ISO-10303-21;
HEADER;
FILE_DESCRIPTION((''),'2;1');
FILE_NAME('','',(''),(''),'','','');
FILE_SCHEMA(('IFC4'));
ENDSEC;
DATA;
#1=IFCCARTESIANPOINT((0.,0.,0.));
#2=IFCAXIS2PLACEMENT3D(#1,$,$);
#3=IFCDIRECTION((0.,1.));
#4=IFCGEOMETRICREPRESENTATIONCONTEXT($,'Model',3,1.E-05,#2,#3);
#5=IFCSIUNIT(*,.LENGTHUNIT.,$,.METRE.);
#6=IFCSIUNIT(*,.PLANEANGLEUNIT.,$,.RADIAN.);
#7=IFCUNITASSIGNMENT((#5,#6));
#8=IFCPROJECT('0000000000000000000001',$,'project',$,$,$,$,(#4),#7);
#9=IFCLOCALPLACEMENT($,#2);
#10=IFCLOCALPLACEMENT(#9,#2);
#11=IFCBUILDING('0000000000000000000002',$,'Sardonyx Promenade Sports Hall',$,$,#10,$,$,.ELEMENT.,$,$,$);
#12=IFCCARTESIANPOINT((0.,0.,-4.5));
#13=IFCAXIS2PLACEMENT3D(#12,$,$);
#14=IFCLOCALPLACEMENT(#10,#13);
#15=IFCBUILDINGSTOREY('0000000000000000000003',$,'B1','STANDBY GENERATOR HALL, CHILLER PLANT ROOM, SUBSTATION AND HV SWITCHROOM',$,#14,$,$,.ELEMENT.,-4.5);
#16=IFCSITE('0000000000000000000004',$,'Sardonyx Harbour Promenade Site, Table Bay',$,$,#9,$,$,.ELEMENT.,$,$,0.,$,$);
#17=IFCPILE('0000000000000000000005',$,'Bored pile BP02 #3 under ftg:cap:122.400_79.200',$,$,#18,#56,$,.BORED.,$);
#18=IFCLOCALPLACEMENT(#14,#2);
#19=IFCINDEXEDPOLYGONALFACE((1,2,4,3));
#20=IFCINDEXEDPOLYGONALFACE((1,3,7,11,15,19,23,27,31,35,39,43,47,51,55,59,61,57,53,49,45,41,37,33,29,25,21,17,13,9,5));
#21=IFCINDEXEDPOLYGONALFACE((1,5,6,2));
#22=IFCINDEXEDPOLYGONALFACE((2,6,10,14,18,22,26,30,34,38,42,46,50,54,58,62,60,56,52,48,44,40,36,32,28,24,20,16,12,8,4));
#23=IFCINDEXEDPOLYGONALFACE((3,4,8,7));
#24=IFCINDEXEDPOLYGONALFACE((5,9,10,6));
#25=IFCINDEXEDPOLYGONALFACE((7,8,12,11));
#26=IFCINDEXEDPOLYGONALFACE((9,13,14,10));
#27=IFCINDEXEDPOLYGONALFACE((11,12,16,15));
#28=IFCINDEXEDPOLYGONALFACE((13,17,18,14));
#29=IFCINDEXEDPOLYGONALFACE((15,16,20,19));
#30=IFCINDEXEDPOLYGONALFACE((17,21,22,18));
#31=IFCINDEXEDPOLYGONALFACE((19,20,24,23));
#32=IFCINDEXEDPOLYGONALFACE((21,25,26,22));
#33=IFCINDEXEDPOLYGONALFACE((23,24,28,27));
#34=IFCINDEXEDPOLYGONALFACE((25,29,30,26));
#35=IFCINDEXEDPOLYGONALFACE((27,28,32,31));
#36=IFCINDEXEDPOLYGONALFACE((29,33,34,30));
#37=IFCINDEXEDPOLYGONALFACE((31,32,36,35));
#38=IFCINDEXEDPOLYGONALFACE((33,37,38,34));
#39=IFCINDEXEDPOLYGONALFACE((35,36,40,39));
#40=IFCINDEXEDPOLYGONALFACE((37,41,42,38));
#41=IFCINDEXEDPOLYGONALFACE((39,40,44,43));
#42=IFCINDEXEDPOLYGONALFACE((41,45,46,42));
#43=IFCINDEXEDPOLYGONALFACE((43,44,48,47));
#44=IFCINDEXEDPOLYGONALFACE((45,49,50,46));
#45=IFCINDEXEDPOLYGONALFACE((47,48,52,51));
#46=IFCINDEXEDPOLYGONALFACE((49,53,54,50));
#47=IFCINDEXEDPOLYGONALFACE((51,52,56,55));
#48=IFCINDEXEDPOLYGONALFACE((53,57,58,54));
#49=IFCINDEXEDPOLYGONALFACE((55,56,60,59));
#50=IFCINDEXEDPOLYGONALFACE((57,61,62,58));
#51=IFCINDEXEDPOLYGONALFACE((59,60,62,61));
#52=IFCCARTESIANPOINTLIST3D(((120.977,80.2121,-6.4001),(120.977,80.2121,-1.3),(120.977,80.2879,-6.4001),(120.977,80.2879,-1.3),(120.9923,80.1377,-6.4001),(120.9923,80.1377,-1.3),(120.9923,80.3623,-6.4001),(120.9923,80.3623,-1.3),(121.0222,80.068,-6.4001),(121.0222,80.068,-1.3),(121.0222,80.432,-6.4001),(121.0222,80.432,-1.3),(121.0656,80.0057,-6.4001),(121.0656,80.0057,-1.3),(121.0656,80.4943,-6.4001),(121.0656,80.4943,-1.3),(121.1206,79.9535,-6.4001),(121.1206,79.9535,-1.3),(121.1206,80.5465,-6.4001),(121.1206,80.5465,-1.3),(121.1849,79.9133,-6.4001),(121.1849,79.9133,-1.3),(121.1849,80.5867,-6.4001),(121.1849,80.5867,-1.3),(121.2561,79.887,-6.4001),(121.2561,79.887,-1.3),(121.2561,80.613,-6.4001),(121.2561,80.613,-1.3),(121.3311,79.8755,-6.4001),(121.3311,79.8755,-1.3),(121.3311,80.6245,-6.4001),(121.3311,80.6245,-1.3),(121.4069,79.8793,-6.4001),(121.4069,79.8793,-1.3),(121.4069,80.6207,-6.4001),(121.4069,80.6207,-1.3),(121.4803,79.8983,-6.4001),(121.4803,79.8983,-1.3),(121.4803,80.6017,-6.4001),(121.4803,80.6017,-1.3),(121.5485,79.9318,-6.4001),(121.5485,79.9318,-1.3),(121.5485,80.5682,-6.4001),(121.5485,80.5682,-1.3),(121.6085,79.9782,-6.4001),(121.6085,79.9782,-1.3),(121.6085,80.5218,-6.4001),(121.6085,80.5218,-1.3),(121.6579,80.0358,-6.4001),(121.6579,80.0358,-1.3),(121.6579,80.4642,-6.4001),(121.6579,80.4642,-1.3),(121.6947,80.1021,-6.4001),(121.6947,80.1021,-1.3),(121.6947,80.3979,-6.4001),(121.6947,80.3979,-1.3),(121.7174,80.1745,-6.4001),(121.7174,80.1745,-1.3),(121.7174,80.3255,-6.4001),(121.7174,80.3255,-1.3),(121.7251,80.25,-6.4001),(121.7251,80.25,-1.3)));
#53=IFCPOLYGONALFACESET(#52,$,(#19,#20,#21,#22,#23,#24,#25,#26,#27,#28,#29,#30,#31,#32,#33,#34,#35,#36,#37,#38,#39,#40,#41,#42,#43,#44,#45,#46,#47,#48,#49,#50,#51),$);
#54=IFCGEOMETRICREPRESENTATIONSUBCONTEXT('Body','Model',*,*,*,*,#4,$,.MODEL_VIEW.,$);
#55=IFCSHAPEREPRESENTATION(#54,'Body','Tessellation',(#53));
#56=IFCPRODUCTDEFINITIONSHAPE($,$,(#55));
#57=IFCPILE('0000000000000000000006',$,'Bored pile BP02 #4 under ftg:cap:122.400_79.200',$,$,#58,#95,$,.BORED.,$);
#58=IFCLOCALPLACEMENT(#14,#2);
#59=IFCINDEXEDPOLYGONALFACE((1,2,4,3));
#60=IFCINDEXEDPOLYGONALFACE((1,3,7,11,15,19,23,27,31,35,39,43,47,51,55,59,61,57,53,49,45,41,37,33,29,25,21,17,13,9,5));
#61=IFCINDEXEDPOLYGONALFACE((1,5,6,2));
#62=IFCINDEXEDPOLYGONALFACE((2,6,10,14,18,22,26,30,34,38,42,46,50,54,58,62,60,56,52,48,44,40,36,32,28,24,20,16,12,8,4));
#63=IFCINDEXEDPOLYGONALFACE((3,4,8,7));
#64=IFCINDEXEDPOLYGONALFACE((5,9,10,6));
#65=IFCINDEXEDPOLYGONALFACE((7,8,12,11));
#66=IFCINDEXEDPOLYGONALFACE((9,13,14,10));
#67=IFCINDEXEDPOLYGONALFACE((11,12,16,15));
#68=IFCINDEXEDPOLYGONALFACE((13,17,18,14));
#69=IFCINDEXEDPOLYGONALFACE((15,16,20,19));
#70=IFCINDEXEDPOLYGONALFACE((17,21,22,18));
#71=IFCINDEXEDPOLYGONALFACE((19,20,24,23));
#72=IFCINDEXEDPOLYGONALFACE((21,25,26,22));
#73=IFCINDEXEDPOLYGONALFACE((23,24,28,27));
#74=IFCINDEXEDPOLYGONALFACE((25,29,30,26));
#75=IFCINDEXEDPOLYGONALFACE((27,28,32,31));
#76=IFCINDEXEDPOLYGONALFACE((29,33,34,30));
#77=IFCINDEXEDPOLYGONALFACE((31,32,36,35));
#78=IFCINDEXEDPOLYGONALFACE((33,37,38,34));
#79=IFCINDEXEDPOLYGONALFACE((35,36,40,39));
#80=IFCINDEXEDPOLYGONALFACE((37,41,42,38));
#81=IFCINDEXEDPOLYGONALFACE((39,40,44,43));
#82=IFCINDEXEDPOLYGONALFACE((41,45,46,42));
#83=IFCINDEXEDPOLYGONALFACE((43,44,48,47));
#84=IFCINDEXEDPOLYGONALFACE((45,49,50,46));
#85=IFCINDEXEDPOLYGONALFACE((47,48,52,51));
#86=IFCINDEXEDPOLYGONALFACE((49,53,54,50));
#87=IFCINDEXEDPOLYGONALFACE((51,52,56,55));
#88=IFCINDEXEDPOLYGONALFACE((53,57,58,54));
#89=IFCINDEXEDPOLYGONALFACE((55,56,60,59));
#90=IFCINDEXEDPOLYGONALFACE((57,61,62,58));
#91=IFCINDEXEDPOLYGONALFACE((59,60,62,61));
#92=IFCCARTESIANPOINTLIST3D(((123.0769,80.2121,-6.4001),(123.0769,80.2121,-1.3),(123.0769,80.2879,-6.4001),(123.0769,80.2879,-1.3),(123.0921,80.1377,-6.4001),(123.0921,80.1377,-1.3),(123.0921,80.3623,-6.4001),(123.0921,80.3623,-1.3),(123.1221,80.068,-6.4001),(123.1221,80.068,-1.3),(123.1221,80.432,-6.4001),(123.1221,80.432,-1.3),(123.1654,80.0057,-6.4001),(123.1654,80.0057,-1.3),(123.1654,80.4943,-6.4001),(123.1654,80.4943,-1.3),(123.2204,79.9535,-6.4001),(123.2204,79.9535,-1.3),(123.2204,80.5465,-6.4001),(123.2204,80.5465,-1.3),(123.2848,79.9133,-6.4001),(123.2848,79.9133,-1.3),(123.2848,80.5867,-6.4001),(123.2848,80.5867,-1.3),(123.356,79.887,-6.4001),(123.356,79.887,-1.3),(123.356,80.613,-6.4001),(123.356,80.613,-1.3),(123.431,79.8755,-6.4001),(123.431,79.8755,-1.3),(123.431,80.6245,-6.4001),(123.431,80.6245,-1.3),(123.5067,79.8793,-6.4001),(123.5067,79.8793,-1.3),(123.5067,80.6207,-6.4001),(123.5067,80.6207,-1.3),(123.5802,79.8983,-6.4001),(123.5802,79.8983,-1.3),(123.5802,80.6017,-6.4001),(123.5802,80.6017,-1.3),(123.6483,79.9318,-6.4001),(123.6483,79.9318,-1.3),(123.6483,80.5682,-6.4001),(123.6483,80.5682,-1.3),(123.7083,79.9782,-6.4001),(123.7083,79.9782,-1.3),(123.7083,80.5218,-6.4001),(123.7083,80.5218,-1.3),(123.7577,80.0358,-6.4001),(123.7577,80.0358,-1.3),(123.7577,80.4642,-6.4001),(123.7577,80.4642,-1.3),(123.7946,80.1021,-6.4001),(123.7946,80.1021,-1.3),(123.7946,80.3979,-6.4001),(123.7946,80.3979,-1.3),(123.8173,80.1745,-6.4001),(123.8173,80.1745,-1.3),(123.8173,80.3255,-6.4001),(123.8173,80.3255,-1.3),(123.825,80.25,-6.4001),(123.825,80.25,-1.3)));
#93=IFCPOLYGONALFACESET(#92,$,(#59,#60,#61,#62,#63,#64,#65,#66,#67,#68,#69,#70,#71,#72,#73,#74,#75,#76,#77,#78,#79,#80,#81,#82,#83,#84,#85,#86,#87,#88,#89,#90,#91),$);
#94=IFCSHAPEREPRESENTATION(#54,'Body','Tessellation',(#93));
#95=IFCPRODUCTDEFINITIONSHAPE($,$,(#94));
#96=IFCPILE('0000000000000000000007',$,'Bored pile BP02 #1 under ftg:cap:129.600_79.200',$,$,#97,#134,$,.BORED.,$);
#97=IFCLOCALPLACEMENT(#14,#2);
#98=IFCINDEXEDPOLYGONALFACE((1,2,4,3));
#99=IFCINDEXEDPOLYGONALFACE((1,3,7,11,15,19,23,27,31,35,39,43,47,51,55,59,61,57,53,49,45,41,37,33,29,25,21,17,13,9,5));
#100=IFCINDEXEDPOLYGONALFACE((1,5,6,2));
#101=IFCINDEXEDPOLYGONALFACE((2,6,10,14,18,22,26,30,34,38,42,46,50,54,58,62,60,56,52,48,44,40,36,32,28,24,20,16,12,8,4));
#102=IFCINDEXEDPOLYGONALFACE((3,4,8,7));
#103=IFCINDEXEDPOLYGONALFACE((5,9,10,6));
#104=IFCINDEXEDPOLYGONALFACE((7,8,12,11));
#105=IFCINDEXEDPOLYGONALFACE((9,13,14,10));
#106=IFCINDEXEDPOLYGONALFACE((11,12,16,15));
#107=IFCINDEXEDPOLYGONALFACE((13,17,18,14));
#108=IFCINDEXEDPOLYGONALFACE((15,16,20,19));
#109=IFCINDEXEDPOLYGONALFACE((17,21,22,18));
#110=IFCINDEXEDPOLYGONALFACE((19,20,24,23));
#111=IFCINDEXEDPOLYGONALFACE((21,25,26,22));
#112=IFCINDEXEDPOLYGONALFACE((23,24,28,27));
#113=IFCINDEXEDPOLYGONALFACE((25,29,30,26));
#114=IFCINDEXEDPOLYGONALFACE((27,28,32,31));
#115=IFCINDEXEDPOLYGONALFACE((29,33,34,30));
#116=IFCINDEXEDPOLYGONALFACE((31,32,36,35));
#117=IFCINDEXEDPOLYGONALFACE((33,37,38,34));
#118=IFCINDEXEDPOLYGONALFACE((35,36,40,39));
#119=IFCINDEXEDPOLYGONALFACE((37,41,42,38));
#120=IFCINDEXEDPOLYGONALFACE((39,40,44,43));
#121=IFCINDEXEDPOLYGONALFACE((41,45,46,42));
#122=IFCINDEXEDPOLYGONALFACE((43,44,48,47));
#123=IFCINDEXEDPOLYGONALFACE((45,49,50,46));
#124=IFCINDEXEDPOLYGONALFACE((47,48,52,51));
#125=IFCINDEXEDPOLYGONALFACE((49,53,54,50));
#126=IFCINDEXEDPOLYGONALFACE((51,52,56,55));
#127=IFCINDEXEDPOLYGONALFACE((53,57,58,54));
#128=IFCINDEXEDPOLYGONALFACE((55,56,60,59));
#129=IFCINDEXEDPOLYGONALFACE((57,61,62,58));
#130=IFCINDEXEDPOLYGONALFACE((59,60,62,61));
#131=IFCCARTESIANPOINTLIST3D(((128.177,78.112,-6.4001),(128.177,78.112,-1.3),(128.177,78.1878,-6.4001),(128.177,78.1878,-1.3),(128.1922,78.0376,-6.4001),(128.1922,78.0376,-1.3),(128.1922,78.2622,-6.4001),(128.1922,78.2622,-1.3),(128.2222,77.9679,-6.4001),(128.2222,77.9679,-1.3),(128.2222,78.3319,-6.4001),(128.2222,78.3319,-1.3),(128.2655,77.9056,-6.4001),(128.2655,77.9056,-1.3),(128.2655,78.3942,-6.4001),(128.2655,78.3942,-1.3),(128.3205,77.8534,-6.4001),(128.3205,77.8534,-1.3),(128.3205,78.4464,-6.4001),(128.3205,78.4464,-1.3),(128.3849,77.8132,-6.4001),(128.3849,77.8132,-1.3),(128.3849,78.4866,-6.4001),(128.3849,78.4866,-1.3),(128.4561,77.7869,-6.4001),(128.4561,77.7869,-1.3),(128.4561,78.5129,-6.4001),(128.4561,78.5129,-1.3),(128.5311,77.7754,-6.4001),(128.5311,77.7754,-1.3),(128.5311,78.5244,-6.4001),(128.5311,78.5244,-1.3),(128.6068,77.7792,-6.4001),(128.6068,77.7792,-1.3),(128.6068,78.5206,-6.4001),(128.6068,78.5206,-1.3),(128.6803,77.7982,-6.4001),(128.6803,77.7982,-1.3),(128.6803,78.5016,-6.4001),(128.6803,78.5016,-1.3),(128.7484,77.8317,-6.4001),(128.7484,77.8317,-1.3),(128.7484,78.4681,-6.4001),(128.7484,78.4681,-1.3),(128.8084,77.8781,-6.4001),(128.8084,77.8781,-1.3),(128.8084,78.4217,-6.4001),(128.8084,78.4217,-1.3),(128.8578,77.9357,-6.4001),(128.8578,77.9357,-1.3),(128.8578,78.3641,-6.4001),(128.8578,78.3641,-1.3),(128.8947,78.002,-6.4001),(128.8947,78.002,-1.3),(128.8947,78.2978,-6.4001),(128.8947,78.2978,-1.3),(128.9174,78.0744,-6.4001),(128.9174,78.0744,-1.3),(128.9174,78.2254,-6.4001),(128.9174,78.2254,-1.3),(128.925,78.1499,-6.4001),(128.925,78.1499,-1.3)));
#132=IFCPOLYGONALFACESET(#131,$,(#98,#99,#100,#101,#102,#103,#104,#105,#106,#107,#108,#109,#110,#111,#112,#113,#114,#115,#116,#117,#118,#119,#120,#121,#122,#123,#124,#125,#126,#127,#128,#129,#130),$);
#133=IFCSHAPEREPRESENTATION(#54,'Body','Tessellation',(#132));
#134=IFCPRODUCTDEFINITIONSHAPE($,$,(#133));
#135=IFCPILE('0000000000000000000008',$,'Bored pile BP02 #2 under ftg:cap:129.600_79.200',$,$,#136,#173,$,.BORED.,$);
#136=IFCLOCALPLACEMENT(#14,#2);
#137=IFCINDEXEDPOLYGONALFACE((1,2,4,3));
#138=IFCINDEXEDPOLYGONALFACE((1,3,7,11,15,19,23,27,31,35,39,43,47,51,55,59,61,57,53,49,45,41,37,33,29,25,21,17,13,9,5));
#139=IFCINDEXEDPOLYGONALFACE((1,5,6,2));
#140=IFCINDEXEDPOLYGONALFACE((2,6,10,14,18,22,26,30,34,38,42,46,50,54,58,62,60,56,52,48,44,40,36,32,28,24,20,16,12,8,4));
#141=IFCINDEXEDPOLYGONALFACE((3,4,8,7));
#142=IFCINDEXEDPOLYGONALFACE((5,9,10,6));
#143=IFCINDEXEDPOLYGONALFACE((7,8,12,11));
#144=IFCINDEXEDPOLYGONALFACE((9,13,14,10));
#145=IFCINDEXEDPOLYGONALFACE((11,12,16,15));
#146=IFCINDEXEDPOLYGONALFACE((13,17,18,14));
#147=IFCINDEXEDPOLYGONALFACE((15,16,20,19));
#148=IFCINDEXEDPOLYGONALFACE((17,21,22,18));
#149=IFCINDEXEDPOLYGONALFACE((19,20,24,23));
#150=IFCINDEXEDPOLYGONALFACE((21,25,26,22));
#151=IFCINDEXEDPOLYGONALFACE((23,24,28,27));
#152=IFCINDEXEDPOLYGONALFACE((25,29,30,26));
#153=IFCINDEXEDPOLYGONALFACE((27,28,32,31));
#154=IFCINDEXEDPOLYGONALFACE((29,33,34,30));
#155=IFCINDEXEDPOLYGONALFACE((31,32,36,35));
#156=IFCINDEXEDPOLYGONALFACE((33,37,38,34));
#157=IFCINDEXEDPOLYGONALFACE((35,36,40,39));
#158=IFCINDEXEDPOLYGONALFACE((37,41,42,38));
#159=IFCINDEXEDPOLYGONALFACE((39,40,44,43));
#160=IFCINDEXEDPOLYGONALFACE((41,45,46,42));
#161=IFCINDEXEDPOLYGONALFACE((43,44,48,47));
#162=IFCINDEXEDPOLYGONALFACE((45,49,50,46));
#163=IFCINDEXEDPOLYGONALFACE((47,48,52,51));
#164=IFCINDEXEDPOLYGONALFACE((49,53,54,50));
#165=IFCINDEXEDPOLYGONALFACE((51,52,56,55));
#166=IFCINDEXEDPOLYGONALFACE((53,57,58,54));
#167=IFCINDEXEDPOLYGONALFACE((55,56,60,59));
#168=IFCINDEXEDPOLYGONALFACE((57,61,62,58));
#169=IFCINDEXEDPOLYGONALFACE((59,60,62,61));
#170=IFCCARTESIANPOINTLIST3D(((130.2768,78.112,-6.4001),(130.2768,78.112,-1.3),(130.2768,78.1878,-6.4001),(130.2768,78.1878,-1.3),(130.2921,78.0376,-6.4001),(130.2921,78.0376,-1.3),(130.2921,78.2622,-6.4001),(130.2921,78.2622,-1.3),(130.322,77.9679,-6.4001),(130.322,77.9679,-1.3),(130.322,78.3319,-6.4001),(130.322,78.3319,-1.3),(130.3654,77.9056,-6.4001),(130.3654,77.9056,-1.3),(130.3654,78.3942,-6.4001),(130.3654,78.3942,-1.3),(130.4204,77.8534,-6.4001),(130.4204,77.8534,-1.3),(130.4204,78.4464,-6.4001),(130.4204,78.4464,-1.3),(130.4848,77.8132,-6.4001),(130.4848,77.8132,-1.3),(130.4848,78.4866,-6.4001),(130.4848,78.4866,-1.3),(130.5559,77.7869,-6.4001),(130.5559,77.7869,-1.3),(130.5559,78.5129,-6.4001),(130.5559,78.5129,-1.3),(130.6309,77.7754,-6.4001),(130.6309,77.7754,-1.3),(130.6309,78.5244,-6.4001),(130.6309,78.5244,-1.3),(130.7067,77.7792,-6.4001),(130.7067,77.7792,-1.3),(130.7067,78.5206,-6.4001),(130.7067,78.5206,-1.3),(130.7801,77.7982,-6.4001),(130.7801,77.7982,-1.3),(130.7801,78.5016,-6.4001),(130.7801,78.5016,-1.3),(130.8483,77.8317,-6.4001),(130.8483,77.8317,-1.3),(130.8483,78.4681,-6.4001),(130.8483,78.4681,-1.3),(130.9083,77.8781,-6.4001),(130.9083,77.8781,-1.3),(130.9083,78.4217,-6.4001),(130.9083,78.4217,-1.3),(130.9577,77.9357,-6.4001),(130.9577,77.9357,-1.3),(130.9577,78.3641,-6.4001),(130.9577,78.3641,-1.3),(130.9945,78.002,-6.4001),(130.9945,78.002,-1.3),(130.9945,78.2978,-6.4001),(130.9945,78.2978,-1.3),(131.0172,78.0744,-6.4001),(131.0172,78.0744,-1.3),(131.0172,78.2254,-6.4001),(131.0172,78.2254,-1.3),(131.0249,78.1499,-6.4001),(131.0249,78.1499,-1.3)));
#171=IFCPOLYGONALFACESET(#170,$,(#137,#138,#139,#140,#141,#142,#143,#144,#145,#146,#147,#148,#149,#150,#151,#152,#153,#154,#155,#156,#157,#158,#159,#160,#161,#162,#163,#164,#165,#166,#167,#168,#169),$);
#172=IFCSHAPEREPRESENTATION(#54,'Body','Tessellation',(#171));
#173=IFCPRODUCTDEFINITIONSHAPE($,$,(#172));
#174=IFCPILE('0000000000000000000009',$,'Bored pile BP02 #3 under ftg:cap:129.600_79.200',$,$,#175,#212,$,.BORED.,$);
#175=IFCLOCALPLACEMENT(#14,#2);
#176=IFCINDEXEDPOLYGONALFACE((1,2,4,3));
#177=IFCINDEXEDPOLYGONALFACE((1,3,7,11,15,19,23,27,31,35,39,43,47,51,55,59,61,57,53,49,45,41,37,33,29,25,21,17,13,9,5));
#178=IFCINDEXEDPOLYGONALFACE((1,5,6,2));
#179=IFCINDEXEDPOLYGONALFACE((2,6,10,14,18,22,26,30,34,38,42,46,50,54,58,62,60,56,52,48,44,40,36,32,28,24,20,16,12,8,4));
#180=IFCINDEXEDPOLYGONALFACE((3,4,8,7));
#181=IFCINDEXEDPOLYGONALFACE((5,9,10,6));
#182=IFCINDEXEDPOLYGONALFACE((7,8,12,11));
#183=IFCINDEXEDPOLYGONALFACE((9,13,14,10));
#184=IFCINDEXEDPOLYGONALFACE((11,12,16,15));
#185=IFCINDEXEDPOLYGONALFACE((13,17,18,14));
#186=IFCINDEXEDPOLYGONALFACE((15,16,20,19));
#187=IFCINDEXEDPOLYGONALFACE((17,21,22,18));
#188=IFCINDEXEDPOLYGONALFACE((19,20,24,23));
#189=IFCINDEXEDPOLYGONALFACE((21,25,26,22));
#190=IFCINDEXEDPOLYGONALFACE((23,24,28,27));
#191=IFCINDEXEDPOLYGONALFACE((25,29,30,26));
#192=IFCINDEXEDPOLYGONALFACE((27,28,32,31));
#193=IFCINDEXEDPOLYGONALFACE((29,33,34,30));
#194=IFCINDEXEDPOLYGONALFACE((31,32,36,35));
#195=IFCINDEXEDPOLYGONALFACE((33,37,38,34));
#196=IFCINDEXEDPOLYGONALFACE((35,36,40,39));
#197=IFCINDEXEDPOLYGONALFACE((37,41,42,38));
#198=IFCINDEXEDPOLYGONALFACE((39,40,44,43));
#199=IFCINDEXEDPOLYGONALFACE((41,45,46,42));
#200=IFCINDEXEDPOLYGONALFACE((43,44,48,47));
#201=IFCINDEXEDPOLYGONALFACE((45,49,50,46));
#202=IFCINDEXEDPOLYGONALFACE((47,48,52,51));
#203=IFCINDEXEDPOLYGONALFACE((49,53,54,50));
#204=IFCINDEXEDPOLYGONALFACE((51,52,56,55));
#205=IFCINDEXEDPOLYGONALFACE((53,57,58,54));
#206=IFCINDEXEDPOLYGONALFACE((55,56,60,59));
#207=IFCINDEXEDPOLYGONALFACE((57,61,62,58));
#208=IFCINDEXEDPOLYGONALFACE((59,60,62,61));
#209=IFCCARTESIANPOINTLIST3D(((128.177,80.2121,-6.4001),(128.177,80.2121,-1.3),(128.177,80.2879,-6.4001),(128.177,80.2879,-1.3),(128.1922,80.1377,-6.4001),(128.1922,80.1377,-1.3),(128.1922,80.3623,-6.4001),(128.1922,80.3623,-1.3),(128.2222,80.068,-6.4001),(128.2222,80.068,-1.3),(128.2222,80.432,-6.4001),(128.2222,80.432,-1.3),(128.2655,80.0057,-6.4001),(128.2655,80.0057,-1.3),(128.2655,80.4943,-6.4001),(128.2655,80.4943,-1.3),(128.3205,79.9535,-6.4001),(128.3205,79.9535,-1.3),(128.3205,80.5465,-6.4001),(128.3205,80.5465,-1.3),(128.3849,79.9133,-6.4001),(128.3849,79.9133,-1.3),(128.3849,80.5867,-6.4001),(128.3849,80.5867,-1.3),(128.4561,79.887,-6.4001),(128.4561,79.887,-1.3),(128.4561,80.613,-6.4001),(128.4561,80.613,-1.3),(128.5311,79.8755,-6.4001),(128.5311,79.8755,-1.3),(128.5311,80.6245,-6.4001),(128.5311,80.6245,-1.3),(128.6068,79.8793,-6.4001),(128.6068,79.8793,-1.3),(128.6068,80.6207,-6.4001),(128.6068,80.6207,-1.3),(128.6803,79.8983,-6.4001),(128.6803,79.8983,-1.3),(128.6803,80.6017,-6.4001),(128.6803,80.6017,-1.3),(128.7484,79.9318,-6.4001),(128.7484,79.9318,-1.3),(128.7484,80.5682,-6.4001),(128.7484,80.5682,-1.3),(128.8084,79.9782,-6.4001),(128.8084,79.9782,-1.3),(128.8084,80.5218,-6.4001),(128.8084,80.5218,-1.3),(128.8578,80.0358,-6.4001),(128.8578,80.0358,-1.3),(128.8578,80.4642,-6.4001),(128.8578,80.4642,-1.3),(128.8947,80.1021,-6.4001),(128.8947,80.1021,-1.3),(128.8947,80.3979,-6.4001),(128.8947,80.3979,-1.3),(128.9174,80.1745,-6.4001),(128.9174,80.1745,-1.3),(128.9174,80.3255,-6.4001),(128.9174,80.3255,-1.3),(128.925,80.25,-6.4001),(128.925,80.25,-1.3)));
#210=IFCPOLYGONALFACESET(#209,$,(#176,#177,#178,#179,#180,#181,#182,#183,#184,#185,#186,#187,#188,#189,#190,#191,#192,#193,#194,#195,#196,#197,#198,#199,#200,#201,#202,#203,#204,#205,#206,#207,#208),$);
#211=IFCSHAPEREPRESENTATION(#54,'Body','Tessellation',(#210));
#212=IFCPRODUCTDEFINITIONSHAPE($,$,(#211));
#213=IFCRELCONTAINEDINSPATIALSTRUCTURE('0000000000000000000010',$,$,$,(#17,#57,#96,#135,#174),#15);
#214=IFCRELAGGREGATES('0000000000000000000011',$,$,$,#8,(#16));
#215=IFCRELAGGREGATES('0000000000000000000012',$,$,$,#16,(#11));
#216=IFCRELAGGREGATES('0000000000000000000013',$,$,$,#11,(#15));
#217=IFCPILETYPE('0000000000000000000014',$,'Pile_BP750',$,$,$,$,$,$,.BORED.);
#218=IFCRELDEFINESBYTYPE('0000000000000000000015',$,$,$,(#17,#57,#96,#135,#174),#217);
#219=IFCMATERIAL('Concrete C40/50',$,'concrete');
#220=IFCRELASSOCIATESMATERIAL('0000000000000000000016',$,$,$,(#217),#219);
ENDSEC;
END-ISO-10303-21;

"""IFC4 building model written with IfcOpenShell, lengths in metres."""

from ifc_helpers import new_model, si_unit, direction, frame, origin, origin_2d, place, context, subcontext, project, spatial, circle, extrude, material, material_profile, profile_set, type_object, element, save


model = new_model("IFC4")

# Units and contexts
model_context = context("Model", 3, precision=1e-05, world=origin(), true_north=direction((0.0, 1.0)))
body_context = subcontext(model_context, "Body", "Model", "MODEL_VIEW")
ifc_project = project(units=[si_unit("LENGTHUNIT", "METRE"), si_unit("PLANEANGLEUNIT", "RADIAN")], contexts=[model_context])

# Site, building, storey
site_placement = place(None, origin())
site = spatial("IfcSite", under=ifc_project, at=site_placement, Name="Sardonyx Harbour Promenade Site, Table Bay", CompositionType="ELEMENT", RefElevation=0.0)
building_placement = place(site_placement, origin())
building = spatial("IfcBuilding", under=site, at=building_placement, Name="Sardonyx Promenade Sports Hall", CompositionType="ELEMENT")
storey_placement = place(building_placement, frame((0.0, 0.0, -4.5)))
storey = spatial("IfcBuildingStorey", under=building, at=storey_placement, Name="B1", Description="STANDBY GENERATOR HALL, CHILLER PLANT ROOM, SUBSTATION AND HV SWITCHROOM", CompositionType="ELEMENT", Elevation=-4.5)

# Piles
ifc_material_1 = material(Name="Concrete C40/50", Category="concrete")
ifc_material_profile_1 = material_profile(ifc_material_1, circle(Radius=0.375, at=origin_2d()))
ifc_profile_set_1 = profile_set([ifc_material_profile_1], Name="Concrete C40/50")
pile_type_1 = type_object("IfcPileType", Name="Pile_BP750", PredefinedType="BORED", material=ifc_profile_set_1)
for number, where, z_axis, x_axis, name in (
    (1, (121.3501, 80.25, -1.3), (0.0, 0.0, -1.0), (1.0, 0.0, 0.0), "Bored pile BP02 #3 under ftg:cap:122.400_79.200"),
    (2, (123.45, 80.25, -1.3), (0.0, 0.0, -1.0), (1.0, 0.0, 0.0), "Bored pile BP02 #4 under ftg:cap:122.400_79.200"),
    (3, (128.55, 78.1499, -1.3), (0.0, 0.0, -1.0), (1.0, 0.0, 0.0), "Bored pile BP02 #1 under ftg:cap:129.600_79.200"),
    (4, (130.6499, 78.1499, -1.3), (0.0, 0.0, -1.0), (1.0, 0.0, 0.0), "Bored pile BP02 #2 under ftg:cap:129.600_79.200"),
    (5, (128.55, 80.25, -1.3), (0.0, 0.0, -1.0), (1.0, 0.0, 0.0), "Bored pile BP02 #3 under ftg:cap:129.600_79.200"),
):
    element("IfcPile", number, at=place(storey_placement, frame(where, z_axis=z_axis, x_axis=x_axis)), inside=storey, type_object=pile_type_1, Name=name, PredefinedType="BORED", context=body_context, shape_type="SweptSolid", body=[
        extrude(circle(Radius=0.375, at=origin_2d()), origin(), (0.0, 0.0, 1.0), 5.1001),
    ])

save(model, "model.ifc")
